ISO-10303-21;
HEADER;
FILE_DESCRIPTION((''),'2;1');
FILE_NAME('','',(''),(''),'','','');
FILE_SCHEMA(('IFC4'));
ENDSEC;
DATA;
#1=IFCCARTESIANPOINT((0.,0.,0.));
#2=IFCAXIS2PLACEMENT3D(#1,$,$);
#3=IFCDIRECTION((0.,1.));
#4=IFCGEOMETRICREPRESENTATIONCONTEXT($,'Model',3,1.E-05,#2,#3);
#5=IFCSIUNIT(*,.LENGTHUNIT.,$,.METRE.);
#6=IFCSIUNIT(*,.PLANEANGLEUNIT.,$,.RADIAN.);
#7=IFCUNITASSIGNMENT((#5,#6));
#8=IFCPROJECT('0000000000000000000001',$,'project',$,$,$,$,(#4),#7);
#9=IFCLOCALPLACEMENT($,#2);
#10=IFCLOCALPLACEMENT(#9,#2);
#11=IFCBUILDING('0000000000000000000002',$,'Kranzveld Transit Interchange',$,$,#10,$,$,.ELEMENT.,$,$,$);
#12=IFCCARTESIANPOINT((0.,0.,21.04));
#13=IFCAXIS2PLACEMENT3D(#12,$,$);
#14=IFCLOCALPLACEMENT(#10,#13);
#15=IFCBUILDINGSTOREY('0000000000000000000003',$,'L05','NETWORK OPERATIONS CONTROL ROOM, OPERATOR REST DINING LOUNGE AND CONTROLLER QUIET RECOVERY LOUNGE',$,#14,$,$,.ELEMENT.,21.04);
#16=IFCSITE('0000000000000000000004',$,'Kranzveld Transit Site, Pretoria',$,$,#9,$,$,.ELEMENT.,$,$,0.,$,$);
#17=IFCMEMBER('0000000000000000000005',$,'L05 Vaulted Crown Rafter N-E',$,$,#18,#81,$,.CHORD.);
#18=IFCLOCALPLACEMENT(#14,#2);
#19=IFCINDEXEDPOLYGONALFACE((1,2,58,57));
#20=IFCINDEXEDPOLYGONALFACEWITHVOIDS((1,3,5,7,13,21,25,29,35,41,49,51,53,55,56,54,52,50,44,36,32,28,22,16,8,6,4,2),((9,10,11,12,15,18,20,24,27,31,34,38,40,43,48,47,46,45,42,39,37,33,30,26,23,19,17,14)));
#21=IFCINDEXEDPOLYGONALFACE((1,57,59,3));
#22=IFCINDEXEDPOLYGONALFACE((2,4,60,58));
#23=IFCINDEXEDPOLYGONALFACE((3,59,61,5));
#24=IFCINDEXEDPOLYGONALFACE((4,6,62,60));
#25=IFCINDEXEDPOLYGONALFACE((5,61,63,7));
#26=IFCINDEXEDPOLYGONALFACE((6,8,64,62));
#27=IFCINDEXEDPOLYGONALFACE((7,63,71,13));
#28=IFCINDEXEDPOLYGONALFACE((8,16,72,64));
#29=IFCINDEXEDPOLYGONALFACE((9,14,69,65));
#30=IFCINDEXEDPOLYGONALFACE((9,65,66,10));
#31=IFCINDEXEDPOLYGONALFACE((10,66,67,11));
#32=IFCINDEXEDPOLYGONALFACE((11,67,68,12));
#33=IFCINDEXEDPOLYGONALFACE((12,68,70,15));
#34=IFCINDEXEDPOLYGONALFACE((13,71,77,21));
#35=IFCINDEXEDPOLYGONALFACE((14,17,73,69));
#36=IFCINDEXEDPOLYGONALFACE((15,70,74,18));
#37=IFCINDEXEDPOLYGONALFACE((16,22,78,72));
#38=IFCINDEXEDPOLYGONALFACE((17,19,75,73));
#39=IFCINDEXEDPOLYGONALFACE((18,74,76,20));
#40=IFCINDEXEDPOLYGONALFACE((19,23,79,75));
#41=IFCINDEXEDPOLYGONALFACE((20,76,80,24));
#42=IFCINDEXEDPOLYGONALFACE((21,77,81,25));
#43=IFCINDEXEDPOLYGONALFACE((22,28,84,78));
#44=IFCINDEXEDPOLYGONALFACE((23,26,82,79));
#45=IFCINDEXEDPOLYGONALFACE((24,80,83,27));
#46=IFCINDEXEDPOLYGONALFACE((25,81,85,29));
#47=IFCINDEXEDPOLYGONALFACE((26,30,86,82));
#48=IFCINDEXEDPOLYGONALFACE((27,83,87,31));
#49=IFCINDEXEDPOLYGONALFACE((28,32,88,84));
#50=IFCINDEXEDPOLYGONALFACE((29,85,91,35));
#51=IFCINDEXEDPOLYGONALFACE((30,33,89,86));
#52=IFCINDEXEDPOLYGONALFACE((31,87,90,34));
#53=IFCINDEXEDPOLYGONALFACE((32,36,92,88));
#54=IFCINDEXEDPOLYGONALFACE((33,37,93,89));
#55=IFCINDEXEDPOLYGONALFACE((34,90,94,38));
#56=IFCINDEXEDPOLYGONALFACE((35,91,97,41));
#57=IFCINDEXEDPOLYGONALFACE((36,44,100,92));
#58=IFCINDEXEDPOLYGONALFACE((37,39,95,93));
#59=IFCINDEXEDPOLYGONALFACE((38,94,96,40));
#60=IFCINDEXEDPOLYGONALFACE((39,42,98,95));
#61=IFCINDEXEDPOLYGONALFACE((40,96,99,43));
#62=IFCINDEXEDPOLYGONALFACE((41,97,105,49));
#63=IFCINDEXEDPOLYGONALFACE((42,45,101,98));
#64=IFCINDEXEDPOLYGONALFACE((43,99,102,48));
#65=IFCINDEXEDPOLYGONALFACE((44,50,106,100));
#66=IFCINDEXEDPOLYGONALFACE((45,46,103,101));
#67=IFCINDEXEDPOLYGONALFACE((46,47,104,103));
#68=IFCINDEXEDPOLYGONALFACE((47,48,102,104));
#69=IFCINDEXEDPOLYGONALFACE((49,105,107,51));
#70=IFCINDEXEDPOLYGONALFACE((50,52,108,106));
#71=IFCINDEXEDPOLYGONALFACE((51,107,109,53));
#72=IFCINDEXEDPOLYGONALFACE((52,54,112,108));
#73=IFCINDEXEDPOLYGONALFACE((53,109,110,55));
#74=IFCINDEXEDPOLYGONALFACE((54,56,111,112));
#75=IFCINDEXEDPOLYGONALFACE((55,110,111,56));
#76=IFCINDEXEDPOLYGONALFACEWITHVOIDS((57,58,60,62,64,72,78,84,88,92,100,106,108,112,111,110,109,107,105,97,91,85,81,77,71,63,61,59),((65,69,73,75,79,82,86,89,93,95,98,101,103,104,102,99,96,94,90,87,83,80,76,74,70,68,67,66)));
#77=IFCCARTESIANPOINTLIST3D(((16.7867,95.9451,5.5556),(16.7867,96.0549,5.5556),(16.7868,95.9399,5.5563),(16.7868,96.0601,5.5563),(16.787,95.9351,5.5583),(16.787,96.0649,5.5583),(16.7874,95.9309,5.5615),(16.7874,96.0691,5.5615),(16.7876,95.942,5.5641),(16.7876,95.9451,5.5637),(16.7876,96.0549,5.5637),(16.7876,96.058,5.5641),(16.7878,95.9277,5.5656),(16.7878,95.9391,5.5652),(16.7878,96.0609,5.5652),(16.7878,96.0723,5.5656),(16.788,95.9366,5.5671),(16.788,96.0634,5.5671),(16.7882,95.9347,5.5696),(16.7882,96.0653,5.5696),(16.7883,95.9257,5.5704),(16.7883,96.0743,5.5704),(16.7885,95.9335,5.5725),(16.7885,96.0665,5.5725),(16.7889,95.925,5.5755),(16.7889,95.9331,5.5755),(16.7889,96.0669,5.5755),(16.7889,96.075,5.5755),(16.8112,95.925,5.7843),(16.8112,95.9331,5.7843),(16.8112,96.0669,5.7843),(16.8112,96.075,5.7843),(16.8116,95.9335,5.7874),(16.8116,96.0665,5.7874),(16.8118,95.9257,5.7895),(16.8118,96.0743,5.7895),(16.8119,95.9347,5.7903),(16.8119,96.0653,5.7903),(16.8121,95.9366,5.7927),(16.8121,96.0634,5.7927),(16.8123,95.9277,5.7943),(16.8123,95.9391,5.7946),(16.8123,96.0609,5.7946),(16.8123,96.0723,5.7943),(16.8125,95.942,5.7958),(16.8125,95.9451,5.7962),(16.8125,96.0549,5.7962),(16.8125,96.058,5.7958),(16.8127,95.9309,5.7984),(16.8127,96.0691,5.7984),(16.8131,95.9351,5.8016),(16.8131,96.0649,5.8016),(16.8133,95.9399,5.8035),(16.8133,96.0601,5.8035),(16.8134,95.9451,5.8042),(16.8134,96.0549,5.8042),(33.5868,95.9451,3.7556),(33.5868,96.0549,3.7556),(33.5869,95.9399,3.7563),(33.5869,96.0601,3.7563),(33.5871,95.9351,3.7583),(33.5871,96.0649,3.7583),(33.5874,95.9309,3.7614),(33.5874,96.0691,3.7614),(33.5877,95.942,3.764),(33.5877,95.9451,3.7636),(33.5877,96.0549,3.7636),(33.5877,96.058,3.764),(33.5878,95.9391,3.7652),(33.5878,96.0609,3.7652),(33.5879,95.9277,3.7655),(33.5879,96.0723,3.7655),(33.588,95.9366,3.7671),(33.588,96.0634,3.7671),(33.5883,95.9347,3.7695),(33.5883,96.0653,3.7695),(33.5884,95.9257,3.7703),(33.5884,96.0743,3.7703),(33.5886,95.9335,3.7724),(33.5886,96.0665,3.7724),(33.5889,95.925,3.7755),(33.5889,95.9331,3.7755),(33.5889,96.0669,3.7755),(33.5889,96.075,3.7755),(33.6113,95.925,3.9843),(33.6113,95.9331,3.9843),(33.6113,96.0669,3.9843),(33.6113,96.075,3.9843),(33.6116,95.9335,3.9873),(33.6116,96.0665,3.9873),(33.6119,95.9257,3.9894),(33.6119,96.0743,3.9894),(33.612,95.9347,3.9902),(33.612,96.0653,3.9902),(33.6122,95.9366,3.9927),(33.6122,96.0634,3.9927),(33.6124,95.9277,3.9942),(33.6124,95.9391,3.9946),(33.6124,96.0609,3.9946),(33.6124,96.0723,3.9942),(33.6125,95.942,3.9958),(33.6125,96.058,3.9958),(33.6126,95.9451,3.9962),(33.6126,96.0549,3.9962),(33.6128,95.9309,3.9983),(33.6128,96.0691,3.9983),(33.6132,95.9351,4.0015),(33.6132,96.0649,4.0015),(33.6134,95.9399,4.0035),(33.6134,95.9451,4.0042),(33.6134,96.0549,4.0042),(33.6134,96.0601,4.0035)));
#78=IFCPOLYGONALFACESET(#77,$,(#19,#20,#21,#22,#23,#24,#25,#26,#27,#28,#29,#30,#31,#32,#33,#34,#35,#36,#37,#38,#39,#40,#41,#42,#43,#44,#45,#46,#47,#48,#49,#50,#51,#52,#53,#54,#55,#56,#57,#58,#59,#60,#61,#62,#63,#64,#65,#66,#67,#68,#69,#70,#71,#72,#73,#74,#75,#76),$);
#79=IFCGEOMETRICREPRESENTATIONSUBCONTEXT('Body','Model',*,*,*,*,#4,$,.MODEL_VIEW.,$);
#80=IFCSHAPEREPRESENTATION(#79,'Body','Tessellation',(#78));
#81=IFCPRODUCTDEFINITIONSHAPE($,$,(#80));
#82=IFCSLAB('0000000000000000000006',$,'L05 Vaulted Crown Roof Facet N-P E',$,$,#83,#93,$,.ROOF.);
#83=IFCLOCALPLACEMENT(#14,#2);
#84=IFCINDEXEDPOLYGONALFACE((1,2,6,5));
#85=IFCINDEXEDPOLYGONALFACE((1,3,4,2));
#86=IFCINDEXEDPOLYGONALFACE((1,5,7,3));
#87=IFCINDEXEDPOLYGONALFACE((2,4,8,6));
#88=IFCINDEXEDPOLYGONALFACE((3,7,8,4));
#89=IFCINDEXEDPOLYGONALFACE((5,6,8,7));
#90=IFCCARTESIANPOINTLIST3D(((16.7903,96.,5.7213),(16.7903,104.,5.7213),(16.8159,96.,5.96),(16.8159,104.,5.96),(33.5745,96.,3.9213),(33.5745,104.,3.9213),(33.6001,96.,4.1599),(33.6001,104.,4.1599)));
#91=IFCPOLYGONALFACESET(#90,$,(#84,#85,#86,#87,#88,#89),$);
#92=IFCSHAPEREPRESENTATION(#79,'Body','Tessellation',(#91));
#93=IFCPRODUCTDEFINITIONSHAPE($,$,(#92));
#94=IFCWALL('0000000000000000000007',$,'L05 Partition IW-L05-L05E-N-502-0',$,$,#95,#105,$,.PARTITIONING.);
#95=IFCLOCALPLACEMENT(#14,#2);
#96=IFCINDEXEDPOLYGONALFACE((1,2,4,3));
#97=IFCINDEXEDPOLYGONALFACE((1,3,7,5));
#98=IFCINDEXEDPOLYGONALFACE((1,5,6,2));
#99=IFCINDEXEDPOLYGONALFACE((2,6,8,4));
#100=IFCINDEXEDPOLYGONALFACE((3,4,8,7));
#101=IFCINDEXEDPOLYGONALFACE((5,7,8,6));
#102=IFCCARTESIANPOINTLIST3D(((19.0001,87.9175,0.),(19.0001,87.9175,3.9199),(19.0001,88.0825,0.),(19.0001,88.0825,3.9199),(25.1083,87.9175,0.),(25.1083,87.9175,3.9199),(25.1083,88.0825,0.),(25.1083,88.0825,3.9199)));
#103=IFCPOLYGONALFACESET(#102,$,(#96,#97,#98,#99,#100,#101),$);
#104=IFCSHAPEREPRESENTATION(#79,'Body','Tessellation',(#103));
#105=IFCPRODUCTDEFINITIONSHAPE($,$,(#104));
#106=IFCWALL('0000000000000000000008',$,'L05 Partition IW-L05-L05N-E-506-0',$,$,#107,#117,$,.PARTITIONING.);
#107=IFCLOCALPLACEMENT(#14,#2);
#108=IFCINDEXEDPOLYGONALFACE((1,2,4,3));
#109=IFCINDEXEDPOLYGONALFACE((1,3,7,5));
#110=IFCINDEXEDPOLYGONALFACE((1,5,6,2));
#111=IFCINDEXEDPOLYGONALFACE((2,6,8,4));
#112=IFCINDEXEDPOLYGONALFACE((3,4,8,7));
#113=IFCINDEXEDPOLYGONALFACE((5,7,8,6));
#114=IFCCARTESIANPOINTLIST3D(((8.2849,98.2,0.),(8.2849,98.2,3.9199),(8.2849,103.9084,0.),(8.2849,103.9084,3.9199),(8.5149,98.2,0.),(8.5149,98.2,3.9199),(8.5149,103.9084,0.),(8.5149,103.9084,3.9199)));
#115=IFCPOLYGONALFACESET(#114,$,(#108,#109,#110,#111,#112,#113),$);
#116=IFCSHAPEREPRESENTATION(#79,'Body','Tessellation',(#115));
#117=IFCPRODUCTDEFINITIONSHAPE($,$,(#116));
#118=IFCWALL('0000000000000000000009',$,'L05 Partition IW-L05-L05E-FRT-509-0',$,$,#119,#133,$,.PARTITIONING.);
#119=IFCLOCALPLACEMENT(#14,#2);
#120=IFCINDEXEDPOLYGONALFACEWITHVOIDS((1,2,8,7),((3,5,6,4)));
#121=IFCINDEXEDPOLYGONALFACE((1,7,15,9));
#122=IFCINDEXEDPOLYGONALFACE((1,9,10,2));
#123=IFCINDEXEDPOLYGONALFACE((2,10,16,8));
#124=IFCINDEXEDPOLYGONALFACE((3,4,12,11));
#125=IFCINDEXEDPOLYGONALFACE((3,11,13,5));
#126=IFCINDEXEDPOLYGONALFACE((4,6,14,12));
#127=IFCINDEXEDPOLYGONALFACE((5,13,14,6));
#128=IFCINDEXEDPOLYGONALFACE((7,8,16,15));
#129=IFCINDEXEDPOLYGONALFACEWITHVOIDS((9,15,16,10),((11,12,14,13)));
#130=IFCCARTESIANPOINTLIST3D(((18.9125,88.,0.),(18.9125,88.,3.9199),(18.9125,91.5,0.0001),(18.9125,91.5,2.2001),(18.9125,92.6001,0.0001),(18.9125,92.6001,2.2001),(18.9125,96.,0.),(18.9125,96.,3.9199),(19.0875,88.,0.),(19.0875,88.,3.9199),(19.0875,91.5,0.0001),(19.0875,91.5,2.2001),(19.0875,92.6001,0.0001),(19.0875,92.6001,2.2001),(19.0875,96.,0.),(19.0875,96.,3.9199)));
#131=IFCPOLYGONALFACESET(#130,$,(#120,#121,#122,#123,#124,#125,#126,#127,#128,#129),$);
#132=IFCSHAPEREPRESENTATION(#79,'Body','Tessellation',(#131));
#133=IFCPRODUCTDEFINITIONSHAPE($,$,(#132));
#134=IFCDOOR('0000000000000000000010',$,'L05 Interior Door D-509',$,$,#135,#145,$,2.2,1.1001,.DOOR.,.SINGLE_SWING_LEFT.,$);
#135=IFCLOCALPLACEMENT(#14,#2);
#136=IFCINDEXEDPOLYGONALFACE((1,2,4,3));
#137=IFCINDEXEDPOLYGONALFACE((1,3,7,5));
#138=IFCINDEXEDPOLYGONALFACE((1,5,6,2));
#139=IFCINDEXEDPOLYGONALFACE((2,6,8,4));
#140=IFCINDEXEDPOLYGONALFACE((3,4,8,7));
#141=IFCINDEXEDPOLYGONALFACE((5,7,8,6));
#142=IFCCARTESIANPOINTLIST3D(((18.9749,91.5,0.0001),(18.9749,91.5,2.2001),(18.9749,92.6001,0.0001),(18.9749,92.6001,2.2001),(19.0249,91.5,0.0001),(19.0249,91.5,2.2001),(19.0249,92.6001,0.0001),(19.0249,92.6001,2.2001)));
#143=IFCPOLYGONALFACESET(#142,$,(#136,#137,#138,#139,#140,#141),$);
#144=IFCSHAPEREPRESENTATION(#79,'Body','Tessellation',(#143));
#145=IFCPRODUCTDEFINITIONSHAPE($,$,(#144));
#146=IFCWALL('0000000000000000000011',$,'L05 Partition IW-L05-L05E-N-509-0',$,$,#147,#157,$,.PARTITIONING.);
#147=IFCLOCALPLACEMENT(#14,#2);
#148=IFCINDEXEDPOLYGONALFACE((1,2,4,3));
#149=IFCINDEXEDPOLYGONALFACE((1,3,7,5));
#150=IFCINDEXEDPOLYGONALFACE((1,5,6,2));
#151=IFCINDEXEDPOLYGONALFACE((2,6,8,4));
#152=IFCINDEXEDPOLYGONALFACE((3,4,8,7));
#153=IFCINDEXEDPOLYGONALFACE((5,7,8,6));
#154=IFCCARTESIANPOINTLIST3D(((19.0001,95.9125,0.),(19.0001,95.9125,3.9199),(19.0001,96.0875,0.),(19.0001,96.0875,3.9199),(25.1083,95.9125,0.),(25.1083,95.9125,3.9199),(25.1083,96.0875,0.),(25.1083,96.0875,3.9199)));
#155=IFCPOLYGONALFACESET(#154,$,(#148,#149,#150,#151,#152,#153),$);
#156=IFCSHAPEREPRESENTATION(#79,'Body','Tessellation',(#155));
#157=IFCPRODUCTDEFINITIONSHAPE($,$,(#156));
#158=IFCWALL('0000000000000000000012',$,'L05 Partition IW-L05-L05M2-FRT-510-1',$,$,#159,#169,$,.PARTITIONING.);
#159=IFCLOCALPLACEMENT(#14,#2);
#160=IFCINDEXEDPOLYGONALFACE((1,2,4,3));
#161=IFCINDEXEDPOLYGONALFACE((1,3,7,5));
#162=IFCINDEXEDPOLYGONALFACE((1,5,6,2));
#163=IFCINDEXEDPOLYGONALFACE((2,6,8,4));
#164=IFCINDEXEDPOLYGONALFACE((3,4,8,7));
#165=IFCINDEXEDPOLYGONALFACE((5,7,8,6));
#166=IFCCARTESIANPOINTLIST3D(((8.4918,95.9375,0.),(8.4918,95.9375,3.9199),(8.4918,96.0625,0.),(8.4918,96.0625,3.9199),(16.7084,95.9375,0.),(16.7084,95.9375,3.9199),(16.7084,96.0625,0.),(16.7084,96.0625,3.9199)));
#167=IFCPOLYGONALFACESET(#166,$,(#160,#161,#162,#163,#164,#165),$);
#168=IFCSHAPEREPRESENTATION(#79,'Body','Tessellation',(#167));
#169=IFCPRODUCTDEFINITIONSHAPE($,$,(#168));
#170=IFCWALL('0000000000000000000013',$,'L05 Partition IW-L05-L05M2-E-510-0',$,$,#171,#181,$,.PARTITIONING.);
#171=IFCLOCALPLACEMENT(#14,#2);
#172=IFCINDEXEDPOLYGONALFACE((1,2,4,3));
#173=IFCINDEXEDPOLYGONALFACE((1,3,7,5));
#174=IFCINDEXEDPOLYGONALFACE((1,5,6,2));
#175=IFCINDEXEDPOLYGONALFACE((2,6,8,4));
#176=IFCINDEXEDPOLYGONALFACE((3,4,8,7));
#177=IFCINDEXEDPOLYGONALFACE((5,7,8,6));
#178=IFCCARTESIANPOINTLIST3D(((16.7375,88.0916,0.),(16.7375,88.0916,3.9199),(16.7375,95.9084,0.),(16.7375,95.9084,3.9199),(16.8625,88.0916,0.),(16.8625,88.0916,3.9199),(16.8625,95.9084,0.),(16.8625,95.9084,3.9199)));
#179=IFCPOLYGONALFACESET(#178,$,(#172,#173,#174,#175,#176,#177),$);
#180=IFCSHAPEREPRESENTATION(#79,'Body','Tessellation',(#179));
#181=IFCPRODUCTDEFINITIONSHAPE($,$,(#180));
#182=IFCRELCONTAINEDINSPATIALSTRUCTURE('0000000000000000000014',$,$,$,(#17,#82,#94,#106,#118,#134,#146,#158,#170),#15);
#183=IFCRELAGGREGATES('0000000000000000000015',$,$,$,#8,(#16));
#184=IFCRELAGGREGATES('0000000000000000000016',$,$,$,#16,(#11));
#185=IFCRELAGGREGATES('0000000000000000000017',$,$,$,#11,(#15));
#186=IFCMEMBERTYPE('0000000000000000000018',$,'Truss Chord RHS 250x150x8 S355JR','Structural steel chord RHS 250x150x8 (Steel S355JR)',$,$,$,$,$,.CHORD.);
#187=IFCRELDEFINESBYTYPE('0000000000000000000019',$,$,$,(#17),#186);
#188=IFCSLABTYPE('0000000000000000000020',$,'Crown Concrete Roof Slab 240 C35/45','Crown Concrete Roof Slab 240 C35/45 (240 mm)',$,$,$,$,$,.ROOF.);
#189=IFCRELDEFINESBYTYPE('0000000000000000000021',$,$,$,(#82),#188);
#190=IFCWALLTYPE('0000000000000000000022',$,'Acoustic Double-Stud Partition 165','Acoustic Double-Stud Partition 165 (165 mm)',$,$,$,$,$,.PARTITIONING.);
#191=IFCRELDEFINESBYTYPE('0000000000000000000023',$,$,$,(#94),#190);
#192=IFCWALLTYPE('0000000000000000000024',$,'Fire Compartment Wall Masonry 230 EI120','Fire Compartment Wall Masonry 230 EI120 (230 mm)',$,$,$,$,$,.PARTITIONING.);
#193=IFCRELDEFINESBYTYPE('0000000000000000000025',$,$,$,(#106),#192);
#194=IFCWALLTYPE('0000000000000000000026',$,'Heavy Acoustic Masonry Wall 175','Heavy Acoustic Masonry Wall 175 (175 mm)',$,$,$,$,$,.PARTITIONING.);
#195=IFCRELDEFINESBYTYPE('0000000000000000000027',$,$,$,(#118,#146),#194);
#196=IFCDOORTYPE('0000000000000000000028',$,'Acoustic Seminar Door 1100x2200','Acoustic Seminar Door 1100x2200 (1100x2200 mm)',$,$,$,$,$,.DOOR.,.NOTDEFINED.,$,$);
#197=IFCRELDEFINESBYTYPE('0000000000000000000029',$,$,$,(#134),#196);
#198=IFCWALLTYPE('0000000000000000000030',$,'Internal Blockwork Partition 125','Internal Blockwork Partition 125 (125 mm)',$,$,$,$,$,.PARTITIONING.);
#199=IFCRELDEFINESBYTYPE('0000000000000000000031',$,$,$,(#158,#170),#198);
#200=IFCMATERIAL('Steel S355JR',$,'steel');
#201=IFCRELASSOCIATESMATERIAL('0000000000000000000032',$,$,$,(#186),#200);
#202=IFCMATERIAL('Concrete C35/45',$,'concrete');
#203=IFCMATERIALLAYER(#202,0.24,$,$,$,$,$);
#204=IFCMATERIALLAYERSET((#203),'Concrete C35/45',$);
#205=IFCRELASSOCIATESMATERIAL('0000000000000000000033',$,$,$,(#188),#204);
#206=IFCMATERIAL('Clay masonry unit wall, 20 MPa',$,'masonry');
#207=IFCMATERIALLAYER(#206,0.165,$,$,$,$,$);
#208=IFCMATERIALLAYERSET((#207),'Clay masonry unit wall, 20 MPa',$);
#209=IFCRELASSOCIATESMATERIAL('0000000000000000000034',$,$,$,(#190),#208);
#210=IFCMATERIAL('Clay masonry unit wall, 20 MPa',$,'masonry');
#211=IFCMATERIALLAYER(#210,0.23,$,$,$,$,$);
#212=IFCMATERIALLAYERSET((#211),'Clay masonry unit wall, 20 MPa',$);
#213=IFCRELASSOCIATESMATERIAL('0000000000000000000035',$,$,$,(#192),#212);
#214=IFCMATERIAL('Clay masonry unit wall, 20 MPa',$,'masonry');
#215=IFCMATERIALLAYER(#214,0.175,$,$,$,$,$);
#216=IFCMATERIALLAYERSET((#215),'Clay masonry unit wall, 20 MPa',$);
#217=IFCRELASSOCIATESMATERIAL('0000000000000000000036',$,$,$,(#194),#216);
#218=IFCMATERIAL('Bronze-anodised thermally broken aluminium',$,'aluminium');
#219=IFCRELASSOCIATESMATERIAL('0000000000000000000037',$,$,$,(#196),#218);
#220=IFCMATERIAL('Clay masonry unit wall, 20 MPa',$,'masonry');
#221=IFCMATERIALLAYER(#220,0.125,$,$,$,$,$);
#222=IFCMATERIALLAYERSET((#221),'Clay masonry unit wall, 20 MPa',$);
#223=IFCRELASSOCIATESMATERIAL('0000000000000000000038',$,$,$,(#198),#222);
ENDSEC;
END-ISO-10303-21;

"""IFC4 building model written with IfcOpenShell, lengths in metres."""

from ifc_helpers import new_model, si_unit, direction, frame, frame_2d, origin, origin_2d, place, context, subcontext, project, spatial, polyline, rectangle, hollow_rectangle, outline, extrude, material, layer, layer_set, material_profile, profile_set, type_object, element, fill, save


model = new_model("IFC4")

# Units and contexts
model_context = context("Model", 3, precision=1e-05, world=origin(), true_north=direction((0.0, 1.0)))
body_context = subcontext(model_context, "Body", "Model", "MODEL_VIEW")
ifc_project = project(units=[si_unit("LENGTHUNIT", "METRE"), si_unit("PLANEANGLEUNIT", "RADIAN")], contexts=[model_context])

# Site, building, storey
site_placement = place(None, origin())
site = spatial("IfcSite", under=ifc_project, at=site_placement, Name="Kranzveld Transit Site, Pretoria", CompositionType="ELEMENT", RefElevation=0.0)
building_placement = place(site_placement, origin())
building = spatial("IfcBuilding", under=site, at=building_placement, Name="Kranzveld Transit Interchange", CompositionType="ELEMENT")
storey_placement = place(building_placement, frame((0.0, 0.0, 21.04)))
storey = spatial("IfcBuildingStorey", under=building, at=storey_placement, Name="L05", Description="NETWORK OPERATIONS CONTROL ROOM, OPERATOR REST DINING LOUNGE AND CONTROLLER QUIET RECOVERY LOUNGE", CompositionType="ELEMENT", Elevation=21.04)

# Member
ifc_material_1 = material(Name="Steel S355JR", Category="steel")
ifc_material_profile_1 = material_profile(ifc_material_1, hollow_rectangle(XDim=0.1499, YDim=0.25, WallThickness=0.0081, InnerFilletRadius=0.012, OuterFilletRadius=0.02, at=origin_2d()), Name="RHS 250x150x8")
ifc_profile_set_1 = profile_set([ifc_material_profile_1], Name="Steel S355JR")
member_type = type_object("IfcMemberType", Name="Truss Chord RHS 250x150x8 S355JR", Description="Structural steel chord RHS 250x150x8 (Steel S355JR)", PredefinedType="CHORD", material=ifc_profile_set_1)
member_placement = place(storey_placement, frame((16.8, 96.0, 5.6799), z_axis=(0.994309, 0.0, -0.106536), x_axis=(0.0, 1.0, 0.0)))
element("IfcMember", 1, at=member_placement, inside=storey, type_object=member_type, Name="L05 Vaulted Crown Rafter N-E", PredefinedType="CHORD", context=body_context, shape_type="SweptSolid", body=[
    extrude(hollow_rectangle(XDim=0.1499, YDim=0.25, WallThickness=0.0081, InnerFilletRadius=0.012, OuterFilletRadius=0.02, at=origin_2d()), origin(), (0.0, 0.0, 1.0), 16.8962),
])

# Slab
ifc_material_2 = material(Name="Concrete C35/45", Category="concrete")
ifc_layer_1 = layer(ifc_material_2, 0.24)
ifc_layer_set_1 = layer_set([ifc_layer_1], Name="Concrete C35/45")
slab_type = type_object("IfcSlabType", Name="Crown Concrete Roof Slab 240 C35/45", Description="Crown Concrete Roof Slab 240 C35/45 (240 mm)", PredefinedType="ROOF", material=ifc_layer_set_1)
slab_placement = place(storey_placement, frame((16.8159, 96.0, 5.96), z_axis=(0.106635, 0.0, 0.994298), x_axis=(0.994298, 0.0, -0.106635)))
element("IfcSlab", 2, at=slab_placement, inside=storey, type_object=slab_type, Name="L05 Vaulted Crown Roof Facet N-P E", PredefinedType="ROOF", context=body_context, shape_type="SweptSolid", body=[
    extrude(outline(polyline([(0.0, 0.0), (16.8804, 0.0), (16.8804, 8.0), (0.0, 8.0), (0.0, 0.0)])), origin(), (0.0, 0.0, -1.0), 0.24),
])

# Walls
ifc_material_3 = material(Name="Clay masonry unit wall, 20 MPa", Category="masonry")
ifc_layer_2 = layer(ifc_material_3, 0.165)
ifc_layer_set_2 = layer_set([ifc_layer_2], Name="Clay masonry unit wall, 20 MPa")
wall_type_1 = type_object("IfcWallType", Name="Acoustic Double-Stud Partition 165", Description="Acoustic Double-Stud Partition 165 (165 mm)", PredefinedType="PARTITIONING", material=ifc_layer_set_2)
wall_1_placement = place(storey_placement, frame((19.0, 88.0, 0.0), z_axis=(0.0, 0.0, 1.0), x_axis=(1.0, 0.0, 0.0)))
element("IfcWall", 3, at=wall_1_placement, inside=storey, type_object=wall_type_1, Name="L05 Partition IW-L05-L05E-N-502-0", PredefinedType="PARTITIONING", context=body_context, shape_type="SweptSolid", body=[
    extrude(rectangle(XDim=6.1082, YDim=0.165, at=frame_2d((3.0542, 0.0))), origin(), (0.0, 0.0, 1.0), 3.9199),
])
ifc_material_4 = material(Name="Clay masonry unit wall, 20 MPa", Category="masonry")
ifc_layer_3 = layer(ifc_material_4, 0.23)
ifc_layer_set_3 = layer_set([ifc_layer_3], Name="Clay masonry unit wall, 20 MPa")
wall_type_2 = type_object("IfcWallType", Name="Fire Compartment Wall Masonry 230 EI120", Description="Fire Compartment Wall Masonry 230 EI120 (230 mm)", PredefinedType="PARTITIONING", material=ifc_layer_set_3)
wall_2_placement = place(storey_placement, frame((8.3999, 98.2, 0.0), z_axis=(0.0, 0.0, 1.0), x_axis=(0.0, 1.0, 0.0)))
element("IfcWall", 4, at=wall_2_placement, inside=storey, type_object=wall_type_2, Name="L05 Partition IW-L05-L05N-E-506-0", PredefinedType="PARTITIONING", context=body_context, shape_type="SweptSolid", body=[
    extrude(rectangle(XDim=5.7085, YDim=0.23, at=frame_2d((2.8542, 0.0))), origin(), (0.0, 0.0, 1.0), 3.9199),
])

# Wall, opening, door
ifc_material_5 = material(Name="Clay masonry unit wall, 20 MPa", Category="masonry")
ifc_layer_4 = layer(ifc_material_5, 0.175)
ifc_layer_set_4 = layer_set([ifc_layer_4], Name="Clay masonry unit wall, 20 MPa")
wall_type_3 = type_object("IfcWallType", Name="Heavy Acoustic Masonry Wall 175", Description="Heavy Acoustic Masonry Wall 175 (175 mm)", PredefinedType="PARTITIONING", material=ifc_layer_set_4)
wall_3_placement = place(storey_placement, frame((19.0, 88.0, 0.0), z_axis=(0.0, 0.0, 1.0), x_axis=(0.0, 1.0, 0.0)))
wall_3 = element("IfcWall", 5, at=wall_3_placement, inside=storey, type_object=wall_type_3, Name="L05 Partition IW-L05-L05E-FRT-509-0", PredefinedType="PARTITIONING", context=body_context, shape_type="SweptSolid", body=[
    extrude(rectangle(XDim=8.0, YDim=0.175, at=frame_2d((4.0, 0.0))), origin(), (0.0, 0.0, 1.0), 3.9199),
])
opening_1_placement = place(wall_3_placement, frame((4.6001, 0.0, 0.0), z_axis=(0.0, 0.0, 1.0), x_axis=(-1.0, 0.0, 0.0)))
opening_1 = element("IfcOpeningElement", 6, at=opening_1_placement, cuts=wall_3, PredefinedType="OPENING", context=body_context, shape_type="SweptSolid", body=[
    extrude(rectangle(XDim=1.1001, YDim=2.2, at=frame_2d((0.55, 1.1001))), frame((0.0, 0.0974, 0.0), z_axis=(0.0, -1.0, 0.0), x_axis=(1.0, 0.0, 0.0)), (0.0, 0.0, 1.0), 0.1951),
])
ifc_material_6 = material(Name="Bronze-anodised thermally broken aluminium", Category="aluminium")
door_type_1 = type_object("IfcDoorType", Name="Acoustic Seminar Door 1100x2200", Description="Acoustic Seminar Door 1100x2200 (1100x2200 mm)", OperationType="NOTDEFINED", PredefinedType="DOOR", material=ifc_material_6)
door_1_placement = place(opening_1_placement, origin())
door_1 = element("IfcDoor", 7, at=door_1_placement, inside=storey, type_object=door_type_1, Name="L05 Interior Door D-509", OperationType="SINGLE_SWING_LEFT", OverallHeight=2.2, OverallWidth=1.1001, PredefinedType="DOOR", context=body_context, shape_type="SweptSolid", body=[
    extrude(rectangle(XDim=1.1001, YDim=2.2, at=frame_2d((0.55, 1.1001))), frame((0.0, 0.0249, 0.0), z_axis=(0.0, -1.0, 0.0), x_axis=(1.0, 0.0, 0.0)), (0.0, 0.0, 1.0), 0.05),
])
fill(opening_1, door_1)

# Walls
wall_4_placement = place(storey_placement, frame((19.0, 96.0, 0.0), z_axis=(0.0, 0.0, 1.0), x_axis=(1.0, 0.0, 0.0)))
element("IfcWall", 8, at=wall_4_placement, inside=storey, type_object=wall_type_3, Name="L05 Partition IW-L05-L05E-N-509-0", PredefinedType="PARTITIONING", context=body_context, shape_type="SweptSolid", body=[
    extrude(rectangle(XDim=6.1082, YDim=0.175, at=frame_2d((3.0542, 0.0))), origin(), (0.0, 0.0, 1.0), 3.9199),
])
ifc_material_7 = material(Name="Clay masonry unit wall, 20 MPa", Category="masonry")
ifc_layer_5 = layer(ifc_material_7, 0.125)
ifc_layer_set_5 = layer_set([ifc_layer_5], Name="Clay masonry unit wall, 20 MPa")
wall_type_4 = type_object("IfcWallType", Name="Internal Blockwork Partition 125", Description="Internal Blockwork Partition 125 (125 mm)", PredefinedType="PARTITIONING", material=ifc_layer_set_5)
wall_5_placement = place(storey_placement, frame((8.4917, 96.0, 0.0), z_axis=(0.0, 0.0, 1.0), x_axis=(1.0, 0.0, 0.0)))
element("IfcWall", 9, at=wall_5_placement, inside=storey, type_object=wall_type_4, Name="L05 Partition IW-L05-L05M2-FRT-510-1", PredefinedType="PARTITIONING", context=body_context, shape_type="SweptSolid", body=[
    extrude(rectangle(XDim=8.2166, YDim=0.125, at=frame_2d((4.1084, 0.0))), origin(), (0.0, 0.0, 1.0), 3.9199),
])
wall_6_placement = place(storey_placement, frame((16.8, 88.0916, 0.0), z_axis=(0.0, 0.0, 1.0), x_axis=(0.0, 1.0, 0.0)))
element("IfcWall", 10, at=wall_6_placement, inside=storey, type_object=wall_type_4, Name="L05 Partition IW-L05-L05M2-E-510-0", PredefinedType="PARTITIONING", context=body_context, shape_type="SweptSolid", body=[
    extrude(rectangle(XDim=7.8169, YDim=0.125, at=frame_2d((3.9084, 0.0))), origin(), (0.0, 0.0, 1.0), 3.9199),
])

save(model, "model.ifc")
